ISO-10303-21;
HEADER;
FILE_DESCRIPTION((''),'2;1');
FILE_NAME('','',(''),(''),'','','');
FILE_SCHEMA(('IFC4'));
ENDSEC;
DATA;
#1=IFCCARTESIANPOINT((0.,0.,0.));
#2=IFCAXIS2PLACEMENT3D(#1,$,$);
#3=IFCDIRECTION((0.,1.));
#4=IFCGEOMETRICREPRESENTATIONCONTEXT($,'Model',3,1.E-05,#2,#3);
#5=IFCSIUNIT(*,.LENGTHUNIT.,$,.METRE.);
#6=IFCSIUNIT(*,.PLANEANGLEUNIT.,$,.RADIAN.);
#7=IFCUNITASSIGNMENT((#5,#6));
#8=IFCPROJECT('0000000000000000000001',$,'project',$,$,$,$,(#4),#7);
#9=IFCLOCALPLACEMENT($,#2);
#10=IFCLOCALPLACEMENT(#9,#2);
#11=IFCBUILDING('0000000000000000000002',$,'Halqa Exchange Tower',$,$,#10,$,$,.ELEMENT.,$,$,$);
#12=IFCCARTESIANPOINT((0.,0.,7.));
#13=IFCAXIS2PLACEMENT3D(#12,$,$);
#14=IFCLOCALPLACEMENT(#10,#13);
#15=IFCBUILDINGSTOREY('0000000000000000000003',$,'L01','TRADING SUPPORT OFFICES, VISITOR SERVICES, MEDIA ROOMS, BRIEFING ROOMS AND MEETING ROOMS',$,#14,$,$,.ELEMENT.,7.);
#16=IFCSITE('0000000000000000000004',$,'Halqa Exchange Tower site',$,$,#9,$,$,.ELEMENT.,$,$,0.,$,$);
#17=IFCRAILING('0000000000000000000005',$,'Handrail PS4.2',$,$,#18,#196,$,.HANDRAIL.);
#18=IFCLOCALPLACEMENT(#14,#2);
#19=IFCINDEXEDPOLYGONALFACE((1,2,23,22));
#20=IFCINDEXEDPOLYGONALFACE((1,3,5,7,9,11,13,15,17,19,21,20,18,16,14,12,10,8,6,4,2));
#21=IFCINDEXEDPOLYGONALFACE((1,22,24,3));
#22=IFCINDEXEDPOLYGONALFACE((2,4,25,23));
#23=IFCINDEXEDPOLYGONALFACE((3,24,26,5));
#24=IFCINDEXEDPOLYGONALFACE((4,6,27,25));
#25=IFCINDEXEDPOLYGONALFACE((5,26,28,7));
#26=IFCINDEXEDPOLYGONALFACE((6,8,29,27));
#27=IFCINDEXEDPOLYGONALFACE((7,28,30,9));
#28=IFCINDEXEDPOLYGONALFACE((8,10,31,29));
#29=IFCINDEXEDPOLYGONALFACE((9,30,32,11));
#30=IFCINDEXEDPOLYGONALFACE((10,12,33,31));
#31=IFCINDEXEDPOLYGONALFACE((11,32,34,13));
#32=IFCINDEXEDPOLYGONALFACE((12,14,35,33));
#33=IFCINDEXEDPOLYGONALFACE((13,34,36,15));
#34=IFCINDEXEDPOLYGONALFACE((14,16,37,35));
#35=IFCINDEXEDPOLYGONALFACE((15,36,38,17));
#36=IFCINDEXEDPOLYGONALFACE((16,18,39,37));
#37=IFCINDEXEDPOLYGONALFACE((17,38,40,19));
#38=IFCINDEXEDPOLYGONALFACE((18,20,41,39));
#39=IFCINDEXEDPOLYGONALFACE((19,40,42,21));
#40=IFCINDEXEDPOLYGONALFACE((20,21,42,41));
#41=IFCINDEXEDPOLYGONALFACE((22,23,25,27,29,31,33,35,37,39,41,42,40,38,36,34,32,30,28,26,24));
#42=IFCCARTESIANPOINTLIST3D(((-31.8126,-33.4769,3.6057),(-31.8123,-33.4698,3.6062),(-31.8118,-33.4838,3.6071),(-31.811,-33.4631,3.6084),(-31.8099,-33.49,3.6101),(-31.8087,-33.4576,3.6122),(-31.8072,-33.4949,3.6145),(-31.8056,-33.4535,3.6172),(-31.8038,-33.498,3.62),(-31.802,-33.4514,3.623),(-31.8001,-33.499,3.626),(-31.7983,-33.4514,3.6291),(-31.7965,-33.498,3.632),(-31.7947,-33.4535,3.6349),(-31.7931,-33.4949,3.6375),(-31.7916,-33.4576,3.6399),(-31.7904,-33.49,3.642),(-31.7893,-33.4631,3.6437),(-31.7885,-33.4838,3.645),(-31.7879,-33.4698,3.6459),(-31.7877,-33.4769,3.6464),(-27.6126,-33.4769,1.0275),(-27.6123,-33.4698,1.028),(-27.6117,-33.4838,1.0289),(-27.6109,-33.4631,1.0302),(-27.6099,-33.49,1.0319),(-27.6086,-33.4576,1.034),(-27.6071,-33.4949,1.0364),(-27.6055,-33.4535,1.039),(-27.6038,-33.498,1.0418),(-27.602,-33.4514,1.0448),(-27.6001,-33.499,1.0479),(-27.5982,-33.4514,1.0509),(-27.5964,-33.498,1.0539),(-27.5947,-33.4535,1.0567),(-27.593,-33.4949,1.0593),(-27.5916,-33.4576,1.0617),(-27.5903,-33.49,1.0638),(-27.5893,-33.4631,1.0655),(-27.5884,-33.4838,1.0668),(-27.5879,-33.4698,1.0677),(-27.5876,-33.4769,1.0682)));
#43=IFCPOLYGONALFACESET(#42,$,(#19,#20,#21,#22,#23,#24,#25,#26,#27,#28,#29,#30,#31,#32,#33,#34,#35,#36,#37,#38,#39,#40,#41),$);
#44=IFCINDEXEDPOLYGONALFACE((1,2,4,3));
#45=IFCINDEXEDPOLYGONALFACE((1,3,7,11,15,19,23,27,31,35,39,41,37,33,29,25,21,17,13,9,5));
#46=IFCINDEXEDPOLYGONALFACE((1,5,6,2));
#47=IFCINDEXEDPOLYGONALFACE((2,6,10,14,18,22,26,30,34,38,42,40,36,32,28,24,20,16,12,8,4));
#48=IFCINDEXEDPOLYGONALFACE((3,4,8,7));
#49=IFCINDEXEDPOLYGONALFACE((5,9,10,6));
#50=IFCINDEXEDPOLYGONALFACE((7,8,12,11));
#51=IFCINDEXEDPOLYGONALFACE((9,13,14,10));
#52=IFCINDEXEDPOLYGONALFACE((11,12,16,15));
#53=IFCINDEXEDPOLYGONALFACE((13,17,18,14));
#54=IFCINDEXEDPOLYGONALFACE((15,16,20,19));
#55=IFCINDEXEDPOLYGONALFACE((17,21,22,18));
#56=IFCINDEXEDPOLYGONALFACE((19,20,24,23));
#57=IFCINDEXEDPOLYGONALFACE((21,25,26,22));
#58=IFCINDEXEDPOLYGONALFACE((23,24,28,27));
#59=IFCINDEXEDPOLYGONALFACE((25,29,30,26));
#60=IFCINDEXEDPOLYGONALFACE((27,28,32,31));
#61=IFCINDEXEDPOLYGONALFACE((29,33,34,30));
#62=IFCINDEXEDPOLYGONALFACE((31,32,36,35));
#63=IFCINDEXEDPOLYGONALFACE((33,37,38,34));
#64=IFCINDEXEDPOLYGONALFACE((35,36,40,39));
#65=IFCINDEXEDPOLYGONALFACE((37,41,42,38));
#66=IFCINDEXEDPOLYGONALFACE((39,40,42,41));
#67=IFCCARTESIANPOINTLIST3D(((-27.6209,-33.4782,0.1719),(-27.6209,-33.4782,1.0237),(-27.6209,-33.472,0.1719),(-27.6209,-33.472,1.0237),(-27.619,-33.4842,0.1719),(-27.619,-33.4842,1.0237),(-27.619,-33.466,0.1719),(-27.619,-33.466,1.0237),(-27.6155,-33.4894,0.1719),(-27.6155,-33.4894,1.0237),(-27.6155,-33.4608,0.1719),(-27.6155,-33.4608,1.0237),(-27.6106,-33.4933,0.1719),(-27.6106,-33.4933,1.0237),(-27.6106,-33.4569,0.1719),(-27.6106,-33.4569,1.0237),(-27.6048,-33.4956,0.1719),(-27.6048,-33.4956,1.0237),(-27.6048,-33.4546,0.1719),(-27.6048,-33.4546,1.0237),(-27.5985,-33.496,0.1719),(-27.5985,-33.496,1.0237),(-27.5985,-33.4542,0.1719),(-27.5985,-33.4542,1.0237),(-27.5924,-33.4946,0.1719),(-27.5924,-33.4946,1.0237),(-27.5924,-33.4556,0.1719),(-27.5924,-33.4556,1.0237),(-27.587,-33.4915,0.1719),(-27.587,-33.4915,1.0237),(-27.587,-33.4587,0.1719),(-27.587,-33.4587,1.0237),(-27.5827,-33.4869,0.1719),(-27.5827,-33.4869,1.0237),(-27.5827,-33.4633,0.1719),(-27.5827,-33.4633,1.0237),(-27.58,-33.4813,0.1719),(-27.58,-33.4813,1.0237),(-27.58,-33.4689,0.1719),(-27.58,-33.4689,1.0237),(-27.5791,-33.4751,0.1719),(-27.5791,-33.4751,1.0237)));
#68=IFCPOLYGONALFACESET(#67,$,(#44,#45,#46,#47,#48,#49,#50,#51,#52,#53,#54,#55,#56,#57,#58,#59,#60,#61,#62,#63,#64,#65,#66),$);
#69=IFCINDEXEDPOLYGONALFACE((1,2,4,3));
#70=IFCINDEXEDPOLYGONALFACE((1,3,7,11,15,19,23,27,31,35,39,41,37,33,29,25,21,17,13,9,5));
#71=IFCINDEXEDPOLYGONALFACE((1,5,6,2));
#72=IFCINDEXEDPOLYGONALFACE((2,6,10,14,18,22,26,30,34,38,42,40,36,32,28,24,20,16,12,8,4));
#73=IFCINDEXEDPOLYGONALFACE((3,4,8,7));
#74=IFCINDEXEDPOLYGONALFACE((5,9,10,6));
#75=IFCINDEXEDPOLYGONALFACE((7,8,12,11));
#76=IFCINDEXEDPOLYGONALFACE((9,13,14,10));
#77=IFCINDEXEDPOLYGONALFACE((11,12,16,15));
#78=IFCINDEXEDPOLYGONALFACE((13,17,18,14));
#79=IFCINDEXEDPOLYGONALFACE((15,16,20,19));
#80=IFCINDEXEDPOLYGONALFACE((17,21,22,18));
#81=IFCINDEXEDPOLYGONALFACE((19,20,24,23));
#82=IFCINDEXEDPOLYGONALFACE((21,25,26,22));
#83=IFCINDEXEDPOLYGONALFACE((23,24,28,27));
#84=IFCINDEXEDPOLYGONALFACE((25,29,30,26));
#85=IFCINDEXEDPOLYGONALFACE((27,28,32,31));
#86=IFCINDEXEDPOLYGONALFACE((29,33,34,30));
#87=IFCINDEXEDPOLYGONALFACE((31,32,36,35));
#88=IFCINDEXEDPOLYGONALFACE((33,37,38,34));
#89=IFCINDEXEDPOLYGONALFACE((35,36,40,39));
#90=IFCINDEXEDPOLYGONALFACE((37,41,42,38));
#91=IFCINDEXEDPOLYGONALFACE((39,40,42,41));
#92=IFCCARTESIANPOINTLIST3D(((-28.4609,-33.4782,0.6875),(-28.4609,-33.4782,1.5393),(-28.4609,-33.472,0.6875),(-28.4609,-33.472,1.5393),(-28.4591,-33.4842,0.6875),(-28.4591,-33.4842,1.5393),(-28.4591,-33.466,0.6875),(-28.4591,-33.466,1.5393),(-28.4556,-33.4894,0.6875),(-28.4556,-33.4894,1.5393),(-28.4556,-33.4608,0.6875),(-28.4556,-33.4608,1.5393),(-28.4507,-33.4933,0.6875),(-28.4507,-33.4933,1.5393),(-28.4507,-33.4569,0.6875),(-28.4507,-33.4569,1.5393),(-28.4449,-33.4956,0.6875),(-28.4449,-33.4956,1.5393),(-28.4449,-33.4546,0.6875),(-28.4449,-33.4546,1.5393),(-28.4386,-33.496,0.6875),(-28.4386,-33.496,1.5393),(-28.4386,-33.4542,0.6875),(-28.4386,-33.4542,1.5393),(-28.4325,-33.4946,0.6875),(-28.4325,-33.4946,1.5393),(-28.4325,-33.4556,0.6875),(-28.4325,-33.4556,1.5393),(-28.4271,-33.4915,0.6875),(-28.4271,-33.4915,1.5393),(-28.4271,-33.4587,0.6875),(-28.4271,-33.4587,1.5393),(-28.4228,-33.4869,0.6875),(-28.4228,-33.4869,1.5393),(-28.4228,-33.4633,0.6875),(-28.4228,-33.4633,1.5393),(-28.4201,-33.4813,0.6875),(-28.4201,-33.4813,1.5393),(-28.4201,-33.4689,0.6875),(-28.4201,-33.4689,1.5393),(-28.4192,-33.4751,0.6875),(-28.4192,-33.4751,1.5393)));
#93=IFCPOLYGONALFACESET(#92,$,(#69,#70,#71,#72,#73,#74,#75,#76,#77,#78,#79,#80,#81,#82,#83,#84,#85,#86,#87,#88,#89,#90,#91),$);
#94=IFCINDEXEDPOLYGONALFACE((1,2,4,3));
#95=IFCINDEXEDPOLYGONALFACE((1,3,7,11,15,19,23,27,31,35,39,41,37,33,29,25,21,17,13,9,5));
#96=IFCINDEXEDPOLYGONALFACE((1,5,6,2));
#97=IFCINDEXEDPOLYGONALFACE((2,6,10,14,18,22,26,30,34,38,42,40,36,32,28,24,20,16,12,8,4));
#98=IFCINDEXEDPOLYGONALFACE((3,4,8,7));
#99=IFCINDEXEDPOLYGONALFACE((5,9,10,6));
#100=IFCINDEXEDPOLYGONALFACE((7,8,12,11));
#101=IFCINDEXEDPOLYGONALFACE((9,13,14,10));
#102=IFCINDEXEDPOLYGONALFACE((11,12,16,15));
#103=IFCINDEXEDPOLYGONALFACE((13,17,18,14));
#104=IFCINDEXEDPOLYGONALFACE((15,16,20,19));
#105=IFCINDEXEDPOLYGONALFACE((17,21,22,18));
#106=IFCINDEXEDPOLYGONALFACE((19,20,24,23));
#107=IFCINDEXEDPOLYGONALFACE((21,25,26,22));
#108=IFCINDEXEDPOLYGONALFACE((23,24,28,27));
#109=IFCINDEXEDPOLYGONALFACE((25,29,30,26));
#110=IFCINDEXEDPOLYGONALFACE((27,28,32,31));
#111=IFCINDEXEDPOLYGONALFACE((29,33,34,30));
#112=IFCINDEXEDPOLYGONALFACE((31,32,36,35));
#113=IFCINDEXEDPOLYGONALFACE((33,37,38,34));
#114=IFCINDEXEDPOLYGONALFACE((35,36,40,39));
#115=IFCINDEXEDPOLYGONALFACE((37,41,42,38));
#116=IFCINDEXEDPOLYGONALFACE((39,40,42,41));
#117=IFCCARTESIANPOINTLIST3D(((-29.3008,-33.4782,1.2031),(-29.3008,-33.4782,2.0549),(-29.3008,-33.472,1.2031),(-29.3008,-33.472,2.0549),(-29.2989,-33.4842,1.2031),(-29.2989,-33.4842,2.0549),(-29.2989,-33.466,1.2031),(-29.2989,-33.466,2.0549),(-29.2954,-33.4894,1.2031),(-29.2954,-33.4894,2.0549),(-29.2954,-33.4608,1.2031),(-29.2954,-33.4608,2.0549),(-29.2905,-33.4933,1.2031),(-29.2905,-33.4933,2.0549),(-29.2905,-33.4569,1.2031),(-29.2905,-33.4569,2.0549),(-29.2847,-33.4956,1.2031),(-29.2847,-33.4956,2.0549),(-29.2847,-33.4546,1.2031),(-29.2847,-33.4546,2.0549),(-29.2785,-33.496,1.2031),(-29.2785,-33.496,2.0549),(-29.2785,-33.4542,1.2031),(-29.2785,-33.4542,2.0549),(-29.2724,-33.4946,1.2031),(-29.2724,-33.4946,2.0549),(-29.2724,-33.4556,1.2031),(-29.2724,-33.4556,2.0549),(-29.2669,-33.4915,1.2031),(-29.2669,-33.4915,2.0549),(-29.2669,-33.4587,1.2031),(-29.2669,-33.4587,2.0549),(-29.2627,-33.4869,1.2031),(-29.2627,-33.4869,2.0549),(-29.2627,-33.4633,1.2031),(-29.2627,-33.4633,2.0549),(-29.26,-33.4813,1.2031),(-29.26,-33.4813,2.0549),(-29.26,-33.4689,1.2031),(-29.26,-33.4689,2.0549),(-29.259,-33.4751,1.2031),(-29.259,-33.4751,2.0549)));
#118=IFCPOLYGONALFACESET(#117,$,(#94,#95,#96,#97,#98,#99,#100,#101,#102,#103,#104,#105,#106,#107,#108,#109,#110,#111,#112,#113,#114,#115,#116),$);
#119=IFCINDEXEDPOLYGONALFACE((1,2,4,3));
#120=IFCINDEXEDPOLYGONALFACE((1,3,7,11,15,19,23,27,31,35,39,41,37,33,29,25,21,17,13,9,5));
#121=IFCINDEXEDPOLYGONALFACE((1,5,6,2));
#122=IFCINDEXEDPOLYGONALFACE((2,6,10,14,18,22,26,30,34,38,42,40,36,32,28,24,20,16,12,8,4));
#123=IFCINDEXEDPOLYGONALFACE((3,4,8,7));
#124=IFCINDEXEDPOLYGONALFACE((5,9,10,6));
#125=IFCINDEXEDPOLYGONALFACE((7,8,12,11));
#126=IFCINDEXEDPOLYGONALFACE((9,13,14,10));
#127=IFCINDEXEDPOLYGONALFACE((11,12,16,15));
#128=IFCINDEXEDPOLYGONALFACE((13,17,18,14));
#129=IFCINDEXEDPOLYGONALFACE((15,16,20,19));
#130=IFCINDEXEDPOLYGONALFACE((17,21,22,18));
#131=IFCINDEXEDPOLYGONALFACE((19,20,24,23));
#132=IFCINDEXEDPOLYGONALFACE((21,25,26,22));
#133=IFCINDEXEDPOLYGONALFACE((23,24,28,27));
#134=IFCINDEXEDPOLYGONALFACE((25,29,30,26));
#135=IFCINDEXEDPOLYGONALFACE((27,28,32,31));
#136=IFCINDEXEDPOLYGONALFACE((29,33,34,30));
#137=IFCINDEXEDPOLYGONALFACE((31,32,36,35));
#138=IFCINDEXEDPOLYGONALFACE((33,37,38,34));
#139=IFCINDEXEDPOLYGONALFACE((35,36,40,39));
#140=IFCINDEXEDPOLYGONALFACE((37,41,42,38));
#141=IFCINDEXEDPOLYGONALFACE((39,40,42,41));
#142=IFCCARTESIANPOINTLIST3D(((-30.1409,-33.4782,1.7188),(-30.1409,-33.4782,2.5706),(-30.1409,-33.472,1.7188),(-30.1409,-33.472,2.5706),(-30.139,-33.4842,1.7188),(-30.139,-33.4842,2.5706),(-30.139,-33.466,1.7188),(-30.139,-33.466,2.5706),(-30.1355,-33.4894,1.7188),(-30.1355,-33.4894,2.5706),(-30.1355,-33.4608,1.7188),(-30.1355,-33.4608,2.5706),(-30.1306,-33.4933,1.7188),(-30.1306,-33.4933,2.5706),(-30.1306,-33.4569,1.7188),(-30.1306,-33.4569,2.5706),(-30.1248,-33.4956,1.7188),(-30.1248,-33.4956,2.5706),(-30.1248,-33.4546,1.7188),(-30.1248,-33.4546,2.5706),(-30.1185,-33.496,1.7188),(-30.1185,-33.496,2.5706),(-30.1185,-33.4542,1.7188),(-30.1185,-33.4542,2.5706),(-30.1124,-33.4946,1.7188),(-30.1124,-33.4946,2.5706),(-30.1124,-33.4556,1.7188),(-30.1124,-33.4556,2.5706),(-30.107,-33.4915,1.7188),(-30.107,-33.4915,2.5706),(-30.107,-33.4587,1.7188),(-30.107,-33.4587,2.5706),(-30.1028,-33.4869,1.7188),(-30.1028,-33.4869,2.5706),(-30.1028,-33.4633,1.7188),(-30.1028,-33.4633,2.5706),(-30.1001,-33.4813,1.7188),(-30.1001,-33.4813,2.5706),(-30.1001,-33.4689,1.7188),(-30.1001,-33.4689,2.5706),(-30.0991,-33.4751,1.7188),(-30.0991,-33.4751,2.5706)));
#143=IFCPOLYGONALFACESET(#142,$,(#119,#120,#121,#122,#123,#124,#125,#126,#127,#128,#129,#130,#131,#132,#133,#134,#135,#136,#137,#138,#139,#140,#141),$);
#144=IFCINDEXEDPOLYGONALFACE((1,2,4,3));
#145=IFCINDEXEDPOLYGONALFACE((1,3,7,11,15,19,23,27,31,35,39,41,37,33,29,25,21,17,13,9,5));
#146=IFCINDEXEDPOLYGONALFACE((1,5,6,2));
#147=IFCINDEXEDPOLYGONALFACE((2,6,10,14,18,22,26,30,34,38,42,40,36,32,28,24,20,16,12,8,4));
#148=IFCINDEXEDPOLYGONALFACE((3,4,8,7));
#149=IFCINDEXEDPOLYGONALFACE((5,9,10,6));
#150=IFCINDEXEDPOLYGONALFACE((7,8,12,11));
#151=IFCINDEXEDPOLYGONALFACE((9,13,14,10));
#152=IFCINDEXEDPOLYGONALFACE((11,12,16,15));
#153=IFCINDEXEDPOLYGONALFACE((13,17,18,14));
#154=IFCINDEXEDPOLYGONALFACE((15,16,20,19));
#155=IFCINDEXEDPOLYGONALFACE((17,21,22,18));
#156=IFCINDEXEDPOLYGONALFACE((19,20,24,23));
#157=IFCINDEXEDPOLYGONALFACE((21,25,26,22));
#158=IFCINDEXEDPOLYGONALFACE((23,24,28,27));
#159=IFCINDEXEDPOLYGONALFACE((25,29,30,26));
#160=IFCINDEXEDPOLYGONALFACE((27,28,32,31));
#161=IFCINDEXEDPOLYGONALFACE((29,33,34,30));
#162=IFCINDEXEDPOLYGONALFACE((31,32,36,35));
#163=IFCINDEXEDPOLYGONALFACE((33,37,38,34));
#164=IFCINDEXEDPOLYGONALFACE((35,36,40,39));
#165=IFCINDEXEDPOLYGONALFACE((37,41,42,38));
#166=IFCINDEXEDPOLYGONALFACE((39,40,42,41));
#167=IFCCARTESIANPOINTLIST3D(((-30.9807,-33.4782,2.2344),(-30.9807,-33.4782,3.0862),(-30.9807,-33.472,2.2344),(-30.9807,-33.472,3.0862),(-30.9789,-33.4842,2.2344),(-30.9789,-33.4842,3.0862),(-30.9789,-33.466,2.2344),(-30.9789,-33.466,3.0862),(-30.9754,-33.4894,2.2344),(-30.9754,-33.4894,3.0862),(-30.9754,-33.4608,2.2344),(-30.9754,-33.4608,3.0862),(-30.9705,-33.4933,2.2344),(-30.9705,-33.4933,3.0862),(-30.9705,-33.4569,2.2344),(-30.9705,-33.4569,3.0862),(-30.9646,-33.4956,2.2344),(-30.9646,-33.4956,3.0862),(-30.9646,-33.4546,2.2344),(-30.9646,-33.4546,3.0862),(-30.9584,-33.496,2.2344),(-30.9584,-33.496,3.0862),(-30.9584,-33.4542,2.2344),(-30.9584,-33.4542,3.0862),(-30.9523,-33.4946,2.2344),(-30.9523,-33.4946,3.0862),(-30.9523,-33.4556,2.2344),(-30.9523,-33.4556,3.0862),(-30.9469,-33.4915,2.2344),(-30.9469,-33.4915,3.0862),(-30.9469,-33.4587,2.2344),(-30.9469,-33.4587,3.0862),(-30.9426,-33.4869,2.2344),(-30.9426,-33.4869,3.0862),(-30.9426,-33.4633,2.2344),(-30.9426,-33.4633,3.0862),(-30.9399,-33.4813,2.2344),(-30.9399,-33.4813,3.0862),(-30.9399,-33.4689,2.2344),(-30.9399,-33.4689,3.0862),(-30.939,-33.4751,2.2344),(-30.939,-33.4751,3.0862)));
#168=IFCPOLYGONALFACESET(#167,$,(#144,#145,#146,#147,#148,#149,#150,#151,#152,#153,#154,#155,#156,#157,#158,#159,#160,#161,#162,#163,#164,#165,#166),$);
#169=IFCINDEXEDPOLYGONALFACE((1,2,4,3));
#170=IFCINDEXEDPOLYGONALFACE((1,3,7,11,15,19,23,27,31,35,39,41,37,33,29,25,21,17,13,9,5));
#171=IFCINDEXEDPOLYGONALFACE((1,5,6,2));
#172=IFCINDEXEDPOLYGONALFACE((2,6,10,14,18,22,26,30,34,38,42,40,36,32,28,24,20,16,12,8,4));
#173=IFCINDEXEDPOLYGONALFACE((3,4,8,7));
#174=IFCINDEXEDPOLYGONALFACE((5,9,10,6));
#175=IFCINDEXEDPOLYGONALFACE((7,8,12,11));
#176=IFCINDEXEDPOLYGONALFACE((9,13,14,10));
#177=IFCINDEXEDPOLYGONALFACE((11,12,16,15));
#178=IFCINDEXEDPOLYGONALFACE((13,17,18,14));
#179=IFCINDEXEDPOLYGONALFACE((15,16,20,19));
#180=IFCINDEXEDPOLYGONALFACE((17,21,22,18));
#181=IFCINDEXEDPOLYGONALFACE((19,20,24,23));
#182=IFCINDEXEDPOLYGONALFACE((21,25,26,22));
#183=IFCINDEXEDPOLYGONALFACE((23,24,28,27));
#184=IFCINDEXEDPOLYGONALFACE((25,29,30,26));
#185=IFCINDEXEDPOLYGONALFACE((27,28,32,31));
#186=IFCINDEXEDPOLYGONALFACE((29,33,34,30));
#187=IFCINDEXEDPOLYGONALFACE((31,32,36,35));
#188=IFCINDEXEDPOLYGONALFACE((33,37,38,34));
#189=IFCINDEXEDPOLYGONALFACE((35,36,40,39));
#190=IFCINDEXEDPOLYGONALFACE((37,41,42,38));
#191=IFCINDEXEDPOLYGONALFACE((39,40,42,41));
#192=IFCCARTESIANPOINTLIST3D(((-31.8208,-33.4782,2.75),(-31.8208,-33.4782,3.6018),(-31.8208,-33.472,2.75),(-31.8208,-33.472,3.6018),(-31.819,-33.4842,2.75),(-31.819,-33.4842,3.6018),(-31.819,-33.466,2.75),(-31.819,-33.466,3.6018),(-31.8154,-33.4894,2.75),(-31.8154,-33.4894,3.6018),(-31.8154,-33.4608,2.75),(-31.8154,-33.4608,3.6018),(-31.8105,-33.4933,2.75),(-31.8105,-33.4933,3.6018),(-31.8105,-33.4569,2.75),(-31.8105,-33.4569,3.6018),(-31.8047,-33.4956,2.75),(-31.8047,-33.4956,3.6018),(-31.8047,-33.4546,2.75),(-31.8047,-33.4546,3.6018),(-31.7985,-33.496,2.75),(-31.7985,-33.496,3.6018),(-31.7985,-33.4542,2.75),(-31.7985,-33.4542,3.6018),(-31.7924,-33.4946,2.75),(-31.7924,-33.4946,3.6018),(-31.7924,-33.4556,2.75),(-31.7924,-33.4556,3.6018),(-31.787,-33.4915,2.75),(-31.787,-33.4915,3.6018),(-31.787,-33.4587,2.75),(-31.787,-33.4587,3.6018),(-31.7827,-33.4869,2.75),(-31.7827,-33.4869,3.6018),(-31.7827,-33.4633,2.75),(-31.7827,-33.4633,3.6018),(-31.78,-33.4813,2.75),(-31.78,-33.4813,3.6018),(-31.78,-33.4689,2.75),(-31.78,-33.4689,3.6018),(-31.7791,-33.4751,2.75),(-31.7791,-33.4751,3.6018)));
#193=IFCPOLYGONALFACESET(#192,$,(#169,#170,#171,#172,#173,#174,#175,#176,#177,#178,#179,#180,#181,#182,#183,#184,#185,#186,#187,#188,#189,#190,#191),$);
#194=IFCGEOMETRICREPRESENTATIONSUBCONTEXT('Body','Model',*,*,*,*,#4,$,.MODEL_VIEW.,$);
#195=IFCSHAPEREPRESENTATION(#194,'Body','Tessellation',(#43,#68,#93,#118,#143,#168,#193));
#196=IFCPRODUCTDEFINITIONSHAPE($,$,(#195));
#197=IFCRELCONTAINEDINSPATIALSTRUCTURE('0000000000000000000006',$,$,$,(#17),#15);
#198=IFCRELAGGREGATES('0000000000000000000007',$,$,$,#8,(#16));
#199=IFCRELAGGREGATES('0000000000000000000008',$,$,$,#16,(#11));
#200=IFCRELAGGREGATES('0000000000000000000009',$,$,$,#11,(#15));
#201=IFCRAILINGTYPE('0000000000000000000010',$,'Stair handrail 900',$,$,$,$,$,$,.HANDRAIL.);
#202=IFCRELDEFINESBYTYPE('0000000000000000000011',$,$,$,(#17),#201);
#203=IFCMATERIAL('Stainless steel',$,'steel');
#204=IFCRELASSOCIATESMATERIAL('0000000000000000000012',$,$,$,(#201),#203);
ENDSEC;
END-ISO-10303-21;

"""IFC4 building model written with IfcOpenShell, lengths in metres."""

from ifc_helpers import new_model, si_unit, direction, frame, origin, origin_2d, place, context, subcontext, project, spatial, circle, extrude, material, type_object, element, save


model = new_model("IFC4")

# Units and contexts
model_context = context("Model", 3, precision=1e-05, world=origin(), true_north=direction((0.0, 1.0)))
body_context = subcontext(model_context, "Body", "Model", "MODEL_VIEW")
ifc_project = project(units=[si_unit("LENGTHUNIT", "METRE"), si_unit("PLANEANGLEUNIT", "RADIAN")], contexts=[model_context])

# Site, building, storey
site_placement = place(None, origin())
site = spatial("IfcSite", under=ifc_project, at=site_placement, Name="Halqa Exchange Tower site", CompositionType="ELEMENT", RefElevation=0.0)
building_placement = place(site_placement, origin())
building = spatial("IfcBuilding", under=site, at=building_placement, Name="Halqa Exchange Tower", CompositionType="ELEMENT")
storey_placement = place(building_placement, frame((0.0, 0.0, 7.0)))
storey = spatial("IfcBuildingStorey", under=building, at=storey_placement, Name="L01", Description="TRADING SUPPORT OFFICES, VISITOR SERVICES, MEDIA ROOMS, BRIEFING ROOMS AND MEETING ROOMS", CompositionType="ELEMENT", Elevation=7.0)

# Railing
ifc_material_1 = material(Name="Stainless steel", Category="steel")
railing_type_1 = type_object("IfcRailingType", Name="Stair handrail 900", PredefinedType="HANDRAIL", material=ifc_material_1)
railing_1_placement = place(storey_placement, frame((-27.6001, -33.4751, 0.1719)))
element("IfcRailing", 1, at=railing_1_placement, inside=storey, type_object=railing_type_1, Name="Handrail PS4.2", PredefinedType="HANDRAIL", context=body_context, shape_type="SweptSolid", body=[
    extrude(circle(Radius=0.0239, at=origin_2d()), frame((0.0, 0.0, 0.876), z_axis=(-0.852243, 0.0, 0.523146), x_axis=(0.0, -1.0, 0.0)), (0.0, 0.0, 1.0), 4.9282),
    extrude(circle(Radius=0.021, at=origin_2d()), origin(), (0.0, 0.0, 1.0), 0.8518),
    extrude(circle(Radius=0.021, at=origin_2d()), frame((-0.8401, 0.0, 0.5156)), (0.0, 0.0, 1.0), 0.8518),
    extrude(circle(Radius=0.021, at=origin_2d()), frame((-1.6799, 0.0, 1.0312)), (0.0, 0.0, 1.0), 0.8518),
    extrude(circle(Radius=0.021, at=origin_2d()), frame((-2.52, 0.0, 1.5469)), (0.0, 0.0, 1.0), 0.8518),
    extrude(circle(Radius=0.021, at=origin_2d()), frame((-3.3599, 0.0, 2.0625)), (0.0, 0.0, 1.0), 0.8518),
    extrude(circle(Radius=0.021, at=origin_2d()), frame((-4.2, 0.0, 2.5781)), (0.0, 0.0, 1.0), 0.8518),
])

save(model, "model.ifc")
